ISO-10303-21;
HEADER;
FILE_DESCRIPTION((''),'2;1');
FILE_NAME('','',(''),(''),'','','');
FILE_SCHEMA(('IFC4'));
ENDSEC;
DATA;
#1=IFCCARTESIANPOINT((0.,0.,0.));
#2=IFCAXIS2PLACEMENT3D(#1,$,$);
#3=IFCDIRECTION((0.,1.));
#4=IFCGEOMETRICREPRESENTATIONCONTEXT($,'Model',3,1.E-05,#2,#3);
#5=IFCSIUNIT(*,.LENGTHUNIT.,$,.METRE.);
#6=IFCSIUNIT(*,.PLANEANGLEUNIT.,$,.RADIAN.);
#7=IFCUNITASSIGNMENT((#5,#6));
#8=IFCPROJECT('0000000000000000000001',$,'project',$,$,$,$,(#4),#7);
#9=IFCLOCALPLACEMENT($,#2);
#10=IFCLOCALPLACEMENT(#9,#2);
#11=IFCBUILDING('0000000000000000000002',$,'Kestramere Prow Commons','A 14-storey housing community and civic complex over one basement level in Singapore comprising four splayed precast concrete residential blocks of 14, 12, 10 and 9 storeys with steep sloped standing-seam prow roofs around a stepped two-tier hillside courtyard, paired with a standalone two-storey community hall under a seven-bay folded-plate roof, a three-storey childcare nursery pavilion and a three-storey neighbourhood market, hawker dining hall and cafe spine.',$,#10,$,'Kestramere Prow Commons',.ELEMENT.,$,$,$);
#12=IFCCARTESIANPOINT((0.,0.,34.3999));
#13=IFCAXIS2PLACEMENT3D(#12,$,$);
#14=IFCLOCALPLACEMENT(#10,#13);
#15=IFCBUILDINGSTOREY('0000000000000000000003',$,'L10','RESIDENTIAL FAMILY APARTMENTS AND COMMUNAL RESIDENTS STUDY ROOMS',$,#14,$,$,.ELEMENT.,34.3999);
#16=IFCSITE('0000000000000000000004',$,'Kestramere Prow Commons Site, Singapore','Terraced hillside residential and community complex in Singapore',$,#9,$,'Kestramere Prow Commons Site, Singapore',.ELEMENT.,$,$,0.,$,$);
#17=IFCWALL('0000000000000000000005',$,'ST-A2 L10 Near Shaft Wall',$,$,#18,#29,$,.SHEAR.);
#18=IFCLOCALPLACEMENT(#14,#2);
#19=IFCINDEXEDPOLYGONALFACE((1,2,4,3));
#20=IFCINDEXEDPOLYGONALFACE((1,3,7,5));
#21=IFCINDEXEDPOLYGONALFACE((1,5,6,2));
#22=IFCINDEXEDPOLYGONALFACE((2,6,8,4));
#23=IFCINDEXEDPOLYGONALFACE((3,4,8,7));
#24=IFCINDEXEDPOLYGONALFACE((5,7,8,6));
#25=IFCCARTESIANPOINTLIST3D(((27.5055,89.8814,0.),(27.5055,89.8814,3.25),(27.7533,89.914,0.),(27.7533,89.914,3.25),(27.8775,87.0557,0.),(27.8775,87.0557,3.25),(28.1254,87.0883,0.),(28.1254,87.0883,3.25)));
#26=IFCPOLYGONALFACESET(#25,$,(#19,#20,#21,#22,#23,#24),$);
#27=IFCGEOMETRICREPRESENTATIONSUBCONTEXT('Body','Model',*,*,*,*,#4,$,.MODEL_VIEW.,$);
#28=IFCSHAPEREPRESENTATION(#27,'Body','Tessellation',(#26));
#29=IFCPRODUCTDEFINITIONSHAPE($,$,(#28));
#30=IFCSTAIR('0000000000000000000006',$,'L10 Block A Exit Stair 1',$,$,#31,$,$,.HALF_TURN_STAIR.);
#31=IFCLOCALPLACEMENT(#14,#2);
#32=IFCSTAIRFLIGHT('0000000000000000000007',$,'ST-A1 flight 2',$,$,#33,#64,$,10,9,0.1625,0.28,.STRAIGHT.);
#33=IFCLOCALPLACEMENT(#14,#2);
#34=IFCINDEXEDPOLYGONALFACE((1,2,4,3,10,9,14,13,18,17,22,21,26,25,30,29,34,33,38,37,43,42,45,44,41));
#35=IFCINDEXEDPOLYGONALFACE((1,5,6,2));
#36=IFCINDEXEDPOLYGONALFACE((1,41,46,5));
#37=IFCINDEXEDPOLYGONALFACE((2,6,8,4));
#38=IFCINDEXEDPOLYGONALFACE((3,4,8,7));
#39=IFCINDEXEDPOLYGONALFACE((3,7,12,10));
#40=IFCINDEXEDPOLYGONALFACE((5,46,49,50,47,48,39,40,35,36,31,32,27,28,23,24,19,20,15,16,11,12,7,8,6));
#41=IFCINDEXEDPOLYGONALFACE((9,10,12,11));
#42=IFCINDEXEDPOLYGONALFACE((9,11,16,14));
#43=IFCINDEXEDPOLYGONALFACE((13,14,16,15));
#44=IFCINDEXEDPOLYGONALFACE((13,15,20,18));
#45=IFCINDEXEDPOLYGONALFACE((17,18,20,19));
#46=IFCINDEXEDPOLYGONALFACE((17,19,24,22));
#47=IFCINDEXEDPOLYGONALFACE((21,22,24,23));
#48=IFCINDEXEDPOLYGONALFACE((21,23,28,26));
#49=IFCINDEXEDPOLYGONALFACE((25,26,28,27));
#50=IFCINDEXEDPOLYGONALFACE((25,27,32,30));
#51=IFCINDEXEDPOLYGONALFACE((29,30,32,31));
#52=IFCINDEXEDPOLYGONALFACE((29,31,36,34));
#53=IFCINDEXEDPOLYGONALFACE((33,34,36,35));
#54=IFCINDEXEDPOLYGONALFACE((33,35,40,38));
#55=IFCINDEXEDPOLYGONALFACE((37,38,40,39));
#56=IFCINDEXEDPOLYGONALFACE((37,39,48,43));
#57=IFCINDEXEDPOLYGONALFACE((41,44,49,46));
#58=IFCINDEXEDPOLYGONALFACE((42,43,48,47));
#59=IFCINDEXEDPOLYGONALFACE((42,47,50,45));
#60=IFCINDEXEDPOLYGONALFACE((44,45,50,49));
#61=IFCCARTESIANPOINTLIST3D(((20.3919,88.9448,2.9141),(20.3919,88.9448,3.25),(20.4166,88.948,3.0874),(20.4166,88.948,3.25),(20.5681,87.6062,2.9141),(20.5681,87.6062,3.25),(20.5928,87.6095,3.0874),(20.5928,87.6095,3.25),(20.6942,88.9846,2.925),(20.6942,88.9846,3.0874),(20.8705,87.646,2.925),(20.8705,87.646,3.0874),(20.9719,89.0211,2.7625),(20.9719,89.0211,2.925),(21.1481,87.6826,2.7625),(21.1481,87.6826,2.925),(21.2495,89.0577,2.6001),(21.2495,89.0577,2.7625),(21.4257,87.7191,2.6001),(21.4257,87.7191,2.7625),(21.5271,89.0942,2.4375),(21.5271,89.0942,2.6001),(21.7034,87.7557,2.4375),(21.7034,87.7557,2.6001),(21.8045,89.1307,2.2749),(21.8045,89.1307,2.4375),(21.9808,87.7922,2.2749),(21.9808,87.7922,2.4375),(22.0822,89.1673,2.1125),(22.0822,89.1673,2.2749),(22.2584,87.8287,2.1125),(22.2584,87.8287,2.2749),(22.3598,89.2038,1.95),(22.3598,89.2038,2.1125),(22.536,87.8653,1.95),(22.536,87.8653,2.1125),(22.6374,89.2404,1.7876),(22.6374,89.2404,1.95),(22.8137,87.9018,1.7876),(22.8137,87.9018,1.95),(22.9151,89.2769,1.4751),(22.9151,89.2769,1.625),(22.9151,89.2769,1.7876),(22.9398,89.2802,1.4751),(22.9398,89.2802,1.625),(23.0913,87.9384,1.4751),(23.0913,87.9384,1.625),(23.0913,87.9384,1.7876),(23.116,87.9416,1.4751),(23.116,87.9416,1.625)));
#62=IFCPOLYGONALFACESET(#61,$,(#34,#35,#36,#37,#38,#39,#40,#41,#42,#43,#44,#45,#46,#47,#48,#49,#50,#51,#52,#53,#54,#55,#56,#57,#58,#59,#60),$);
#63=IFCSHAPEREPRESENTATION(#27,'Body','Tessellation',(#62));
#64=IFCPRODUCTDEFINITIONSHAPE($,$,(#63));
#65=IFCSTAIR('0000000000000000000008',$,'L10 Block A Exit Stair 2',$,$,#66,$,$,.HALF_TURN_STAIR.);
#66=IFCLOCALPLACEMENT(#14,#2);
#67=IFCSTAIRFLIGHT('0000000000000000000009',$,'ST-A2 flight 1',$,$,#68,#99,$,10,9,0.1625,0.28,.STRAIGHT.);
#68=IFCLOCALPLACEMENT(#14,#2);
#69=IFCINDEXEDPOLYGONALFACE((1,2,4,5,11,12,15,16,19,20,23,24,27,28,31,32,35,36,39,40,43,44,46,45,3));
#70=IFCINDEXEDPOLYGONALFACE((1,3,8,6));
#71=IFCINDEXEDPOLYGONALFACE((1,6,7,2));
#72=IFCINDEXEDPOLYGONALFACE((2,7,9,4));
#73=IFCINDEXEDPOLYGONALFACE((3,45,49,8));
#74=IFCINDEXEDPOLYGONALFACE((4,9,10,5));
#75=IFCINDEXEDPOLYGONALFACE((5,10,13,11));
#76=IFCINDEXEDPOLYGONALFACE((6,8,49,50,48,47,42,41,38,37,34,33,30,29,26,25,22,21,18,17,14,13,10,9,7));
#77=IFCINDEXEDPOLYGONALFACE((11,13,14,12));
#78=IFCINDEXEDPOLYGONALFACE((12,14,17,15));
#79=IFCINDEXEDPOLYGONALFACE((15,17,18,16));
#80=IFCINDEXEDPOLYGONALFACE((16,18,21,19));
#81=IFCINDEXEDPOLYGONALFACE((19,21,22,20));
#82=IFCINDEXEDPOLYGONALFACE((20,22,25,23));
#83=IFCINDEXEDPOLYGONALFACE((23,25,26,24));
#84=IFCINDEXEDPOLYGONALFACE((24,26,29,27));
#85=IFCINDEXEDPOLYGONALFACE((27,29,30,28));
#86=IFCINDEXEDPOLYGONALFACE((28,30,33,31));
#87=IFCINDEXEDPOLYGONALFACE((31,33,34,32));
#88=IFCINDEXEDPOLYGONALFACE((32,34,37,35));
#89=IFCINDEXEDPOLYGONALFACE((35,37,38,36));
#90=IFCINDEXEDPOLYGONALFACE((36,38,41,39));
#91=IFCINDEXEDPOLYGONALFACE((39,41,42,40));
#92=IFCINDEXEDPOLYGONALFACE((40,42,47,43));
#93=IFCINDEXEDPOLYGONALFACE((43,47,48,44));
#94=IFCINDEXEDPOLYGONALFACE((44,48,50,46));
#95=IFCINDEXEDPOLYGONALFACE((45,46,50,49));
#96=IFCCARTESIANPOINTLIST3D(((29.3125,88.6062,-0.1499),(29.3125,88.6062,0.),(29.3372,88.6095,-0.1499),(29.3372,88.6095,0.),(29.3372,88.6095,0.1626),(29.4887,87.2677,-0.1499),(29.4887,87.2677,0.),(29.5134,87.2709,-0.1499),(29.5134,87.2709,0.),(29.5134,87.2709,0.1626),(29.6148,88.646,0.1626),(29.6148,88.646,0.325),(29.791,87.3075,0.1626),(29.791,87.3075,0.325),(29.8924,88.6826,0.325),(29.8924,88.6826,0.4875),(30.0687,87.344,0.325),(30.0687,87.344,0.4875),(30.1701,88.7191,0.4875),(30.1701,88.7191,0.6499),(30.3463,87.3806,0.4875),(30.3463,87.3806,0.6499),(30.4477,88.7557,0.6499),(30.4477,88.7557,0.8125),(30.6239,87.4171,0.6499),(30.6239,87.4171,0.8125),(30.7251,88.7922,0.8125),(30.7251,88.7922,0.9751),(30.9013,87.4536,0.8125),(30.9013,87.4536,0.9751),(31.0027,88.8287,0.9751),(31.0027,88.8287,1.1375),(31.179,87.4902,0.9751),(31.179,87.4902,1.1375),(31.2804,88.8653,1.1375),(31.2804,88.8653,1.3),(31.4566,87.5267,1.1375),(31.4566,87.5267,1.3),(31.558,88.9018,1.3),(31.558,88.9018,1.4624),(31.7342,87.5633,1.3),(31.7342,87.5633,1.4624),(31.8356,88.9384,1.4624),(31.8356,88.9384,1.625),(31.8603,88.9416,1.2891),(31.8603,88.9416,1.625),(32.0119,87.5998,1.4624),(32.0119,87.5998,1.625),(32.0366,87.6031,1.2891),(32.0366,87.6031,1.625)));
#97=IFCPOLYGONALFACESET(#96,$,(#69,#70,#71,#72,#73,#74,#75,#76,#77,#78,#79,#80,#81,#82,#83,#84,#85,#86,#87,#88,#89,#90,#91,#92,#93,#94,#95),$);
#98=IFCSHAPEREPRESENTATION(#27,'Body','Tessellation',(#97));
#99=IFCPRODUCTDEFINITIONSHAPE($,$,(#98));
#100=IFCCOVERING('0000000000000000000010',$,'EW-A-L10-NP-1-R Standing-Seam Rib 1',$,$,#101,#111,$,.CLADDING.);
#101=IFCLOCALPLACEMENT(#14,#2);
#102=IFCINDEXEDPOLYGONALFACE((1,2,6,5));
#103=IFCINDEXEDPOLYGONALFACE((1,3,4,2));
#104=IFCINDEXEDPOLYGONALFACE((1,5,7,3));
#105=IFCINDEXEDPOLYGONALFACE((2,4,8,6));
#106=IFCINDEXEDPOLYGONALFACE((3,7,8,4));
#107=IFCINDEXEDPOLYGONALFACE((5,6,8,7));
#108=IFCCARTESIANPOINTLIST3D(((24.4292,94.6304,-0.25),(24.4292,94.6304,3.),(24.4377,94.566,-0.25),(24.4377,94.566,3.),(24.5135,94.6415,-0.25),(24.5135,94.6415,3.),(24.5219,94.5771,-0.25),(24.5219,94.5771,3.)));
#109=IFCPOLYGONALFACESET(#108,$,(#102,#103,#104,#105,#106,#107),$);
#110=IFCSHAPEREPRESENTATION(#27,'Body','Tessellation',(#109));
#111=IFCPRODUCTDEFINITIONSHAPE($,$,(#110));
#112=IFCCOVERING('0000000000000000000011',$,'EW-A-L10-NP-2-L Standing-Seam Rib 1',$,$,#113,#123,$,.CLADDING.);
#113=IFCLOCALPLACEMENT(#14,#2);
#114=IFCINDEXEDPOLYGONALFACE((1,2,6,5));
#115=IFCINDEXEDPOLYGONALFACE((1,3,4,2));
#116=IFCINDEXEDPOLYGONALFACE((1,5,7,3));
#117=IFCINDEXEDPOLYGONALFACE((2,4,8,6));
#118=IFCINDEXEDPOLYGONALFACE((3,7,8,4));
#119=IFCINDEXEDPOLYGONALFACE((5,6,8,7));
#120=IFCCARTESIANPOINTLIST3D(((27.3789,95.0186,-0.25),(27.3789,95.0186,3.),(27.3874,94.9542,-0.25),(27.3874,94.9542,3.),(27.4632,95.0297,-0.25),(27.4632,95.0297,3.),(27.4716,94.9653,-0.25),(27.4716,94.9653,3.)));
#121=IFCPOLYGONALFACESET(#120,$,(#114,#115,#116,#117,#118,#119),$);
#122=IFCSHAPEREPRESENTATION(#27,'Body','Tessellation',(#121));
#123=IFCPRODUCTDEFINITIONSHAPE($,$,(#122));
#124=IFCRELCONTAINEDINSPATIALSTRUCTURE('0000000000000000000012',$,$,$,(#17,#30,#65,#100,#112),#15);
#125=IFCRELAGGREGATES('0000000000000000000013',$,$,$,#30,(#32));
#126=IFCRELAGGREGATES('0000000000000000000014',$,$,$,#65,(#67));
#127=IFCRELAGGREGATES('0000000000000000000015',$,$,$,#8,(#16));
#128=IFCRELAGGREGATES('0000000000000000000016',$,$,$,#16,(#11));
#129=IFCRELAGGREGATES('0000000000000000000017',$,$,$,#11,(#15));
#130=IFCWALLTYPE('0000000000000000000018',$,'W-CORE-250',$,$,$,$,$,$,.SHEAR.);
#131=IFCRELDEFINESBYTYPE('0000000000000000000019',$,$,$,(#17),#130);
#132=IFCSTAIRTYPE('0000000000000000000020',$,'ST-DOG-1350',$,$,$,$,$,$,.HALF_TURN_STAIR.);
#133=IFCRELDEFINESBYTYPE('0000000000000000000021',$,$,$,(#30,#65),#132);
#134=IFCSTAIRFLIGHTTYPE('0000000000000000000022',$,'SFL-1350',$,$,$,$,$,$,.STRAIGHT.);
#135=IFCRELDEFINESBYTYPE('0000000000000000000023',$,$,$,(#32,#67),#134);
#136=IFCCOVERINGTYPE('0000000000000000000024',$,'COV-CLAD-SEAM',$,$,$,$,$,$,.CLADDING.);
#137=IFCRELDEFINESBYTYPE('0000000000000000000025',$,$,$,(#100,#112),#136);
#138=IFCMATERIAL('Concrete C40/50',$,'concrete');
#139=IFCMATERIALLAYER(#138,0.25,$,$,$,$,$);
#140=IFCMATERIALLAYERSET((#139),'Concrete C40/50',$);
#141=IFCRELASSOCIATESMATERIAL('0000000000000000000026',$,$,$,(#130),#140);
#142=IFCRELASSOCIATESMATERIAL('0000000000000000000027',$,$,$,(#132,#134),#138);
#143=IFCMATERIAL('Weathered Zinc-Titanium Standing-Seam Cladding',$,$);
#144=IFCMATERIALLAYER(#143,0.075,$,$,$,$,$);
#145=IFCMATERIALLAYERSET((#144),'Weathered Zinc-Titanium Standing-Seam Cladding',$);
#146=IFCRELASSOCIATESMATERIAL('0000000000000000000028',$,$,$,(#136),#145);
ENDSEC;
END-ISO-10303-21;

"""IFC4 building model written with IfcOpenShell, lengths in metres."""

from ifc_helpers import new_model, si_unit, direction, frame, frame_2d, origin, origin_2d, place, context, subcontext, project, spatial, polyline, rectangle, outline, extrude, material, layer, layer_set, type_object, element, aggregate, save


model = new_model("IFC4")

# Units and contexts
model_context = context("Model", 3, precision=1e-05, world=origin(), true_north=direction((0.0, 1.0)))
body_context = subcontext(model_context, "Body", "Model", "MODEL_VIEW")
ifc_project = project(units=[si_unit("LENGTHUNIT", "METRE"), si_unit("PLANEANGLEUNIT", "RADIAN")], contexts=[model_context])

# Site, building, storey
site_placement = place(None, origin())
site = spatial("IfcSite", under=ifc_project, at=site_placement, Name="Kestramere Prow Commons Site, Singapore", Description="Terraced hillside residential and community complex in Singapore", LongName="Kestramere Prow Commons Site, Singapore", CompositionType="ELEMENT", RefElevation=0.0)
building_placement = place(site_placement, origin())
building = spatial("IfcBuilding", under=site, at=building_placement, Name="Kestramere Prow Commons", Description="A 14-storey housing community and civic complex over one basement level in Singapore comprising four splayed precast concrete residential blocks of 14, 12, 10 and 9 storeys with steep sloped standing-seam prow roofs around a stepped two-tier hillside courtyard, paired with a standalone two-storey community hall under a seven-bay folded-plate roof, a three-storey childcare nursery pavilion and a three-storey neighbourhood market, hawker dining hall and cafe spine.", LongName="Kestramere Prow Commons", CompositionType="ELEMENT")
storey_placement = place(building_placement, frame((0.0, 0.0, 34.3999)))
storey = spatial("IfcBuildingStorey", under=building, at=storey_placement, Name="L10", Description="RESIDENTIAL FAMILY APARTMENTS AND COMMUNAL RESIDENTS STUDY ROOMS", CompositionType="ELEMENT", Elevation=34.3999)

# Shared definitions
ifc_material_1 = material(Name="Concrete C40/50", Category="concrete")

# Shared definitions
ifc_layer_1 = layer(ifc_material_1, 0.25)
ifc_layer_set_1 = layer_set([ifc_layer_1], Name="Concrete C40/50")
wall_type_1 = type_object("IfcWallType", Name="W-CORE-250", PredefinedType="SHEAR", material=ifc_layer_set_1)

# Wall
wall_1_placement = place(storey_placement, frame((28.0015, 87.072, 0.0), z_axis=(0.0, 0.0, 1.0), x_axis=(-0.130548, 0.991442, 0.0)))
element("IfcWall", 1, at=wall_1_placement, inside=storey, type_object=wall_type_1, Name="ST-A2 L10 Near Shaft Wall", PredefinedType="SHEAR", context=body_context, shape_type="SweptSolid", body=[
    extrude(rectangle(XDim=2.8501, YDim=0.25, at=frame_2d((1.425, 0.0))), origin(), (0.0, 0.0, 1.0), 3.25),
])

# Stairs, stair flights
stair_type = type_object("IfcStairType", Name="ST-DOG-1350", PredefinedType="HALF_TURN_STAIR", material=ifc_material_1)
stair_1_placement = place(storey_placement, origin())
stair_1 = element("IfcStair", 2, at=stair_1_placement, inside=storey, type_object=stair_type, Name="L10 Block A Exit Stair 1", PredefinedType="HALF_TURN_STAIR")
stair_flight_type = type_object("IfcStairFlightType", Name="SFL-1350", PredefinedType="STRAIGHT", material=ifc_material_1)
stair_flight_1_placement = place(storey_placement, frame((23.0032, 88.6077, 1.625), z_axis=(0.0, 0.0, 1.0), x_axis=(-0.991445, -0.130526, 0.0)))
stair_flight_1 = element("IfcStairFlight", 3, at=stair_flight_1_placement, type_object=stair_flight_type, Name="ST-A1 flight 2", NumberOfRisers=10, NumberOfTreads=9, PredefinedType="STRAIGHT", RiserHeight=0.1625, TreadLength=0.28, context=body_context, shape_type="SweptSolid", body=[
    extrude(outline(polyline([(-0.0249, 0.0), (0.0, 0.0), (0.0, 0.1626), (0.28, 0.1626), (0.28, 0.325), (0.5601, 0.325), (0.5601, 0.4875), (0.8401, 0.4875), (0.8401, 0.6499), (1.1201, 0.6499), (1.1201, 0.8125), (1.3999, 0.8125), (1.3999, 0.9751), (1.6799, 0.9751), (1.6799, 1.1375), (1.96, 1.1375), (1.96, 1.3), (2.24, 1.3), (2.24, 1.4624), (2.52, 1.4624), (2.52, 1.625), (2.5449, 1.625), (2.5449, 1.2891), (0.0, -0.1499), (-0.0249, -0.1499), (-0.0249, 0.0)])), frame((0.0, 0.675, 0.0), z_axis=(0.0, -1.0, 0.0), x_axis=(1.0, 0.0, 0.0)), (0.0, 0.0, 1.0), 1.3501),
])
aggregate(stair_1, [stair_flight_1])
stair_2_placement = place(storey_placement, origin())
stair_2 = element("IfcStair", 4, at=stair_2_placement, inside=storey, type_object=stair_type, Name="L10 Block A Exit Stair 2", PredefinedType="HALF_TURN_STAIR")
stair_flight_2_placement = place(storey_placement, frame((29.4253, 87.9402, 0.0), z_axis=(0.0, 0.0, 1.0), x_axis=(0.991445, 0.130526, 0.0)))
stair_flight_2 = element("IfcStairFlight", 5, at=stair_flight_2_placement, type_object=stair_flight_type, Name="ST-A2 flight 1", NumberOfRisers=10, NumberOfTreads=9, PredefinedType="STRAIGHT", RiserHeight=0.1625, TreadLength=0.28, context=body_context, shape_type="SweptSolid", body=[
    extrude(outline(polyline([(-0.0249, 0.0), (0.0, 0.0), (0.0, 0.1626), (0.28, 0.1626), (0.28, 0.325), (0.5601, 0.325), (0.5601, 0.4875), (0.8401, 0.4875), (0.8401, 0.6499), (1.1201, 0.6499), (1.1201, 0.8125), (1.3999, 0.8125), (1.3999, 0.9751), (1.6799, 0.9751), (1.6799, 1.1375), (1.96, 1.1375), (1.96, 1.3), (2.24, 1.3), (2.24, 1.4624), (2.52, 1.4624), (2.52, 1.625), (2.5449, 1.625), (2.5449, 1.2891), (0.0, -0.1499), (-0.0249, -0.1499), (-0.0249, 0.0)])), frame((0.0, 0.675, 0.0), z_axis=(0.0, -1.0, 0.0), x_axis=(1.0, 0.0, 0.0)), (0.0, 0.0, 1.0), 1.3501),
])
aggregate(stair_2, [stair_flight_2])

# Coverings
ifc_material_2 = material(Name="Weathered Zinc-Titanium Standing-Seam Cladding")
ifc_layer_2 = layer(ifc_material_2, 0.075)
ifc_layer_set_2 = layer_set([ifc_layer_2], Name="Weathered Zinc-Titanium Standing-Seam Cladding")
covering_type = type_object("IfcCoveringType", Name="COV-CLAD-SEAM", PredefinedType="CLADDING", material=ifc_layer_set_2)
for number, where, z_axis, x_axis, name in (
    (6, (24.4756, 94.6038, -0.25), (0.0, 0.0, 1.0), (0.991445, 0.130526, 0.0), "EW-A-L10-NP-1-R Standing-Seam Rib 1"),
    (7, (27.4253, 94.9919, -0.25), (0.0, 0.0, 1.0), (0.991445, 0.130526, 0.0), "EW-A-L10-NP-2-L Standing-Seam Rib 1"),
):
    element("IfcCovering", number, at=place(storey_placement, frame(where, z_axis=z_axis, x_axis=x_axis)), inside=storey, type_object=covering_type, Name=name, PredefinedType="CLADDING", context=body_context, shape_type="SweptSolid", body=[
        extrude(rectangle(XDim=0.085, YDim=0.0649, at=origin_2d()), origin(), (0.0, 0.0, 1.0), 3.25),
    ])

save(model, "model.ifc")
